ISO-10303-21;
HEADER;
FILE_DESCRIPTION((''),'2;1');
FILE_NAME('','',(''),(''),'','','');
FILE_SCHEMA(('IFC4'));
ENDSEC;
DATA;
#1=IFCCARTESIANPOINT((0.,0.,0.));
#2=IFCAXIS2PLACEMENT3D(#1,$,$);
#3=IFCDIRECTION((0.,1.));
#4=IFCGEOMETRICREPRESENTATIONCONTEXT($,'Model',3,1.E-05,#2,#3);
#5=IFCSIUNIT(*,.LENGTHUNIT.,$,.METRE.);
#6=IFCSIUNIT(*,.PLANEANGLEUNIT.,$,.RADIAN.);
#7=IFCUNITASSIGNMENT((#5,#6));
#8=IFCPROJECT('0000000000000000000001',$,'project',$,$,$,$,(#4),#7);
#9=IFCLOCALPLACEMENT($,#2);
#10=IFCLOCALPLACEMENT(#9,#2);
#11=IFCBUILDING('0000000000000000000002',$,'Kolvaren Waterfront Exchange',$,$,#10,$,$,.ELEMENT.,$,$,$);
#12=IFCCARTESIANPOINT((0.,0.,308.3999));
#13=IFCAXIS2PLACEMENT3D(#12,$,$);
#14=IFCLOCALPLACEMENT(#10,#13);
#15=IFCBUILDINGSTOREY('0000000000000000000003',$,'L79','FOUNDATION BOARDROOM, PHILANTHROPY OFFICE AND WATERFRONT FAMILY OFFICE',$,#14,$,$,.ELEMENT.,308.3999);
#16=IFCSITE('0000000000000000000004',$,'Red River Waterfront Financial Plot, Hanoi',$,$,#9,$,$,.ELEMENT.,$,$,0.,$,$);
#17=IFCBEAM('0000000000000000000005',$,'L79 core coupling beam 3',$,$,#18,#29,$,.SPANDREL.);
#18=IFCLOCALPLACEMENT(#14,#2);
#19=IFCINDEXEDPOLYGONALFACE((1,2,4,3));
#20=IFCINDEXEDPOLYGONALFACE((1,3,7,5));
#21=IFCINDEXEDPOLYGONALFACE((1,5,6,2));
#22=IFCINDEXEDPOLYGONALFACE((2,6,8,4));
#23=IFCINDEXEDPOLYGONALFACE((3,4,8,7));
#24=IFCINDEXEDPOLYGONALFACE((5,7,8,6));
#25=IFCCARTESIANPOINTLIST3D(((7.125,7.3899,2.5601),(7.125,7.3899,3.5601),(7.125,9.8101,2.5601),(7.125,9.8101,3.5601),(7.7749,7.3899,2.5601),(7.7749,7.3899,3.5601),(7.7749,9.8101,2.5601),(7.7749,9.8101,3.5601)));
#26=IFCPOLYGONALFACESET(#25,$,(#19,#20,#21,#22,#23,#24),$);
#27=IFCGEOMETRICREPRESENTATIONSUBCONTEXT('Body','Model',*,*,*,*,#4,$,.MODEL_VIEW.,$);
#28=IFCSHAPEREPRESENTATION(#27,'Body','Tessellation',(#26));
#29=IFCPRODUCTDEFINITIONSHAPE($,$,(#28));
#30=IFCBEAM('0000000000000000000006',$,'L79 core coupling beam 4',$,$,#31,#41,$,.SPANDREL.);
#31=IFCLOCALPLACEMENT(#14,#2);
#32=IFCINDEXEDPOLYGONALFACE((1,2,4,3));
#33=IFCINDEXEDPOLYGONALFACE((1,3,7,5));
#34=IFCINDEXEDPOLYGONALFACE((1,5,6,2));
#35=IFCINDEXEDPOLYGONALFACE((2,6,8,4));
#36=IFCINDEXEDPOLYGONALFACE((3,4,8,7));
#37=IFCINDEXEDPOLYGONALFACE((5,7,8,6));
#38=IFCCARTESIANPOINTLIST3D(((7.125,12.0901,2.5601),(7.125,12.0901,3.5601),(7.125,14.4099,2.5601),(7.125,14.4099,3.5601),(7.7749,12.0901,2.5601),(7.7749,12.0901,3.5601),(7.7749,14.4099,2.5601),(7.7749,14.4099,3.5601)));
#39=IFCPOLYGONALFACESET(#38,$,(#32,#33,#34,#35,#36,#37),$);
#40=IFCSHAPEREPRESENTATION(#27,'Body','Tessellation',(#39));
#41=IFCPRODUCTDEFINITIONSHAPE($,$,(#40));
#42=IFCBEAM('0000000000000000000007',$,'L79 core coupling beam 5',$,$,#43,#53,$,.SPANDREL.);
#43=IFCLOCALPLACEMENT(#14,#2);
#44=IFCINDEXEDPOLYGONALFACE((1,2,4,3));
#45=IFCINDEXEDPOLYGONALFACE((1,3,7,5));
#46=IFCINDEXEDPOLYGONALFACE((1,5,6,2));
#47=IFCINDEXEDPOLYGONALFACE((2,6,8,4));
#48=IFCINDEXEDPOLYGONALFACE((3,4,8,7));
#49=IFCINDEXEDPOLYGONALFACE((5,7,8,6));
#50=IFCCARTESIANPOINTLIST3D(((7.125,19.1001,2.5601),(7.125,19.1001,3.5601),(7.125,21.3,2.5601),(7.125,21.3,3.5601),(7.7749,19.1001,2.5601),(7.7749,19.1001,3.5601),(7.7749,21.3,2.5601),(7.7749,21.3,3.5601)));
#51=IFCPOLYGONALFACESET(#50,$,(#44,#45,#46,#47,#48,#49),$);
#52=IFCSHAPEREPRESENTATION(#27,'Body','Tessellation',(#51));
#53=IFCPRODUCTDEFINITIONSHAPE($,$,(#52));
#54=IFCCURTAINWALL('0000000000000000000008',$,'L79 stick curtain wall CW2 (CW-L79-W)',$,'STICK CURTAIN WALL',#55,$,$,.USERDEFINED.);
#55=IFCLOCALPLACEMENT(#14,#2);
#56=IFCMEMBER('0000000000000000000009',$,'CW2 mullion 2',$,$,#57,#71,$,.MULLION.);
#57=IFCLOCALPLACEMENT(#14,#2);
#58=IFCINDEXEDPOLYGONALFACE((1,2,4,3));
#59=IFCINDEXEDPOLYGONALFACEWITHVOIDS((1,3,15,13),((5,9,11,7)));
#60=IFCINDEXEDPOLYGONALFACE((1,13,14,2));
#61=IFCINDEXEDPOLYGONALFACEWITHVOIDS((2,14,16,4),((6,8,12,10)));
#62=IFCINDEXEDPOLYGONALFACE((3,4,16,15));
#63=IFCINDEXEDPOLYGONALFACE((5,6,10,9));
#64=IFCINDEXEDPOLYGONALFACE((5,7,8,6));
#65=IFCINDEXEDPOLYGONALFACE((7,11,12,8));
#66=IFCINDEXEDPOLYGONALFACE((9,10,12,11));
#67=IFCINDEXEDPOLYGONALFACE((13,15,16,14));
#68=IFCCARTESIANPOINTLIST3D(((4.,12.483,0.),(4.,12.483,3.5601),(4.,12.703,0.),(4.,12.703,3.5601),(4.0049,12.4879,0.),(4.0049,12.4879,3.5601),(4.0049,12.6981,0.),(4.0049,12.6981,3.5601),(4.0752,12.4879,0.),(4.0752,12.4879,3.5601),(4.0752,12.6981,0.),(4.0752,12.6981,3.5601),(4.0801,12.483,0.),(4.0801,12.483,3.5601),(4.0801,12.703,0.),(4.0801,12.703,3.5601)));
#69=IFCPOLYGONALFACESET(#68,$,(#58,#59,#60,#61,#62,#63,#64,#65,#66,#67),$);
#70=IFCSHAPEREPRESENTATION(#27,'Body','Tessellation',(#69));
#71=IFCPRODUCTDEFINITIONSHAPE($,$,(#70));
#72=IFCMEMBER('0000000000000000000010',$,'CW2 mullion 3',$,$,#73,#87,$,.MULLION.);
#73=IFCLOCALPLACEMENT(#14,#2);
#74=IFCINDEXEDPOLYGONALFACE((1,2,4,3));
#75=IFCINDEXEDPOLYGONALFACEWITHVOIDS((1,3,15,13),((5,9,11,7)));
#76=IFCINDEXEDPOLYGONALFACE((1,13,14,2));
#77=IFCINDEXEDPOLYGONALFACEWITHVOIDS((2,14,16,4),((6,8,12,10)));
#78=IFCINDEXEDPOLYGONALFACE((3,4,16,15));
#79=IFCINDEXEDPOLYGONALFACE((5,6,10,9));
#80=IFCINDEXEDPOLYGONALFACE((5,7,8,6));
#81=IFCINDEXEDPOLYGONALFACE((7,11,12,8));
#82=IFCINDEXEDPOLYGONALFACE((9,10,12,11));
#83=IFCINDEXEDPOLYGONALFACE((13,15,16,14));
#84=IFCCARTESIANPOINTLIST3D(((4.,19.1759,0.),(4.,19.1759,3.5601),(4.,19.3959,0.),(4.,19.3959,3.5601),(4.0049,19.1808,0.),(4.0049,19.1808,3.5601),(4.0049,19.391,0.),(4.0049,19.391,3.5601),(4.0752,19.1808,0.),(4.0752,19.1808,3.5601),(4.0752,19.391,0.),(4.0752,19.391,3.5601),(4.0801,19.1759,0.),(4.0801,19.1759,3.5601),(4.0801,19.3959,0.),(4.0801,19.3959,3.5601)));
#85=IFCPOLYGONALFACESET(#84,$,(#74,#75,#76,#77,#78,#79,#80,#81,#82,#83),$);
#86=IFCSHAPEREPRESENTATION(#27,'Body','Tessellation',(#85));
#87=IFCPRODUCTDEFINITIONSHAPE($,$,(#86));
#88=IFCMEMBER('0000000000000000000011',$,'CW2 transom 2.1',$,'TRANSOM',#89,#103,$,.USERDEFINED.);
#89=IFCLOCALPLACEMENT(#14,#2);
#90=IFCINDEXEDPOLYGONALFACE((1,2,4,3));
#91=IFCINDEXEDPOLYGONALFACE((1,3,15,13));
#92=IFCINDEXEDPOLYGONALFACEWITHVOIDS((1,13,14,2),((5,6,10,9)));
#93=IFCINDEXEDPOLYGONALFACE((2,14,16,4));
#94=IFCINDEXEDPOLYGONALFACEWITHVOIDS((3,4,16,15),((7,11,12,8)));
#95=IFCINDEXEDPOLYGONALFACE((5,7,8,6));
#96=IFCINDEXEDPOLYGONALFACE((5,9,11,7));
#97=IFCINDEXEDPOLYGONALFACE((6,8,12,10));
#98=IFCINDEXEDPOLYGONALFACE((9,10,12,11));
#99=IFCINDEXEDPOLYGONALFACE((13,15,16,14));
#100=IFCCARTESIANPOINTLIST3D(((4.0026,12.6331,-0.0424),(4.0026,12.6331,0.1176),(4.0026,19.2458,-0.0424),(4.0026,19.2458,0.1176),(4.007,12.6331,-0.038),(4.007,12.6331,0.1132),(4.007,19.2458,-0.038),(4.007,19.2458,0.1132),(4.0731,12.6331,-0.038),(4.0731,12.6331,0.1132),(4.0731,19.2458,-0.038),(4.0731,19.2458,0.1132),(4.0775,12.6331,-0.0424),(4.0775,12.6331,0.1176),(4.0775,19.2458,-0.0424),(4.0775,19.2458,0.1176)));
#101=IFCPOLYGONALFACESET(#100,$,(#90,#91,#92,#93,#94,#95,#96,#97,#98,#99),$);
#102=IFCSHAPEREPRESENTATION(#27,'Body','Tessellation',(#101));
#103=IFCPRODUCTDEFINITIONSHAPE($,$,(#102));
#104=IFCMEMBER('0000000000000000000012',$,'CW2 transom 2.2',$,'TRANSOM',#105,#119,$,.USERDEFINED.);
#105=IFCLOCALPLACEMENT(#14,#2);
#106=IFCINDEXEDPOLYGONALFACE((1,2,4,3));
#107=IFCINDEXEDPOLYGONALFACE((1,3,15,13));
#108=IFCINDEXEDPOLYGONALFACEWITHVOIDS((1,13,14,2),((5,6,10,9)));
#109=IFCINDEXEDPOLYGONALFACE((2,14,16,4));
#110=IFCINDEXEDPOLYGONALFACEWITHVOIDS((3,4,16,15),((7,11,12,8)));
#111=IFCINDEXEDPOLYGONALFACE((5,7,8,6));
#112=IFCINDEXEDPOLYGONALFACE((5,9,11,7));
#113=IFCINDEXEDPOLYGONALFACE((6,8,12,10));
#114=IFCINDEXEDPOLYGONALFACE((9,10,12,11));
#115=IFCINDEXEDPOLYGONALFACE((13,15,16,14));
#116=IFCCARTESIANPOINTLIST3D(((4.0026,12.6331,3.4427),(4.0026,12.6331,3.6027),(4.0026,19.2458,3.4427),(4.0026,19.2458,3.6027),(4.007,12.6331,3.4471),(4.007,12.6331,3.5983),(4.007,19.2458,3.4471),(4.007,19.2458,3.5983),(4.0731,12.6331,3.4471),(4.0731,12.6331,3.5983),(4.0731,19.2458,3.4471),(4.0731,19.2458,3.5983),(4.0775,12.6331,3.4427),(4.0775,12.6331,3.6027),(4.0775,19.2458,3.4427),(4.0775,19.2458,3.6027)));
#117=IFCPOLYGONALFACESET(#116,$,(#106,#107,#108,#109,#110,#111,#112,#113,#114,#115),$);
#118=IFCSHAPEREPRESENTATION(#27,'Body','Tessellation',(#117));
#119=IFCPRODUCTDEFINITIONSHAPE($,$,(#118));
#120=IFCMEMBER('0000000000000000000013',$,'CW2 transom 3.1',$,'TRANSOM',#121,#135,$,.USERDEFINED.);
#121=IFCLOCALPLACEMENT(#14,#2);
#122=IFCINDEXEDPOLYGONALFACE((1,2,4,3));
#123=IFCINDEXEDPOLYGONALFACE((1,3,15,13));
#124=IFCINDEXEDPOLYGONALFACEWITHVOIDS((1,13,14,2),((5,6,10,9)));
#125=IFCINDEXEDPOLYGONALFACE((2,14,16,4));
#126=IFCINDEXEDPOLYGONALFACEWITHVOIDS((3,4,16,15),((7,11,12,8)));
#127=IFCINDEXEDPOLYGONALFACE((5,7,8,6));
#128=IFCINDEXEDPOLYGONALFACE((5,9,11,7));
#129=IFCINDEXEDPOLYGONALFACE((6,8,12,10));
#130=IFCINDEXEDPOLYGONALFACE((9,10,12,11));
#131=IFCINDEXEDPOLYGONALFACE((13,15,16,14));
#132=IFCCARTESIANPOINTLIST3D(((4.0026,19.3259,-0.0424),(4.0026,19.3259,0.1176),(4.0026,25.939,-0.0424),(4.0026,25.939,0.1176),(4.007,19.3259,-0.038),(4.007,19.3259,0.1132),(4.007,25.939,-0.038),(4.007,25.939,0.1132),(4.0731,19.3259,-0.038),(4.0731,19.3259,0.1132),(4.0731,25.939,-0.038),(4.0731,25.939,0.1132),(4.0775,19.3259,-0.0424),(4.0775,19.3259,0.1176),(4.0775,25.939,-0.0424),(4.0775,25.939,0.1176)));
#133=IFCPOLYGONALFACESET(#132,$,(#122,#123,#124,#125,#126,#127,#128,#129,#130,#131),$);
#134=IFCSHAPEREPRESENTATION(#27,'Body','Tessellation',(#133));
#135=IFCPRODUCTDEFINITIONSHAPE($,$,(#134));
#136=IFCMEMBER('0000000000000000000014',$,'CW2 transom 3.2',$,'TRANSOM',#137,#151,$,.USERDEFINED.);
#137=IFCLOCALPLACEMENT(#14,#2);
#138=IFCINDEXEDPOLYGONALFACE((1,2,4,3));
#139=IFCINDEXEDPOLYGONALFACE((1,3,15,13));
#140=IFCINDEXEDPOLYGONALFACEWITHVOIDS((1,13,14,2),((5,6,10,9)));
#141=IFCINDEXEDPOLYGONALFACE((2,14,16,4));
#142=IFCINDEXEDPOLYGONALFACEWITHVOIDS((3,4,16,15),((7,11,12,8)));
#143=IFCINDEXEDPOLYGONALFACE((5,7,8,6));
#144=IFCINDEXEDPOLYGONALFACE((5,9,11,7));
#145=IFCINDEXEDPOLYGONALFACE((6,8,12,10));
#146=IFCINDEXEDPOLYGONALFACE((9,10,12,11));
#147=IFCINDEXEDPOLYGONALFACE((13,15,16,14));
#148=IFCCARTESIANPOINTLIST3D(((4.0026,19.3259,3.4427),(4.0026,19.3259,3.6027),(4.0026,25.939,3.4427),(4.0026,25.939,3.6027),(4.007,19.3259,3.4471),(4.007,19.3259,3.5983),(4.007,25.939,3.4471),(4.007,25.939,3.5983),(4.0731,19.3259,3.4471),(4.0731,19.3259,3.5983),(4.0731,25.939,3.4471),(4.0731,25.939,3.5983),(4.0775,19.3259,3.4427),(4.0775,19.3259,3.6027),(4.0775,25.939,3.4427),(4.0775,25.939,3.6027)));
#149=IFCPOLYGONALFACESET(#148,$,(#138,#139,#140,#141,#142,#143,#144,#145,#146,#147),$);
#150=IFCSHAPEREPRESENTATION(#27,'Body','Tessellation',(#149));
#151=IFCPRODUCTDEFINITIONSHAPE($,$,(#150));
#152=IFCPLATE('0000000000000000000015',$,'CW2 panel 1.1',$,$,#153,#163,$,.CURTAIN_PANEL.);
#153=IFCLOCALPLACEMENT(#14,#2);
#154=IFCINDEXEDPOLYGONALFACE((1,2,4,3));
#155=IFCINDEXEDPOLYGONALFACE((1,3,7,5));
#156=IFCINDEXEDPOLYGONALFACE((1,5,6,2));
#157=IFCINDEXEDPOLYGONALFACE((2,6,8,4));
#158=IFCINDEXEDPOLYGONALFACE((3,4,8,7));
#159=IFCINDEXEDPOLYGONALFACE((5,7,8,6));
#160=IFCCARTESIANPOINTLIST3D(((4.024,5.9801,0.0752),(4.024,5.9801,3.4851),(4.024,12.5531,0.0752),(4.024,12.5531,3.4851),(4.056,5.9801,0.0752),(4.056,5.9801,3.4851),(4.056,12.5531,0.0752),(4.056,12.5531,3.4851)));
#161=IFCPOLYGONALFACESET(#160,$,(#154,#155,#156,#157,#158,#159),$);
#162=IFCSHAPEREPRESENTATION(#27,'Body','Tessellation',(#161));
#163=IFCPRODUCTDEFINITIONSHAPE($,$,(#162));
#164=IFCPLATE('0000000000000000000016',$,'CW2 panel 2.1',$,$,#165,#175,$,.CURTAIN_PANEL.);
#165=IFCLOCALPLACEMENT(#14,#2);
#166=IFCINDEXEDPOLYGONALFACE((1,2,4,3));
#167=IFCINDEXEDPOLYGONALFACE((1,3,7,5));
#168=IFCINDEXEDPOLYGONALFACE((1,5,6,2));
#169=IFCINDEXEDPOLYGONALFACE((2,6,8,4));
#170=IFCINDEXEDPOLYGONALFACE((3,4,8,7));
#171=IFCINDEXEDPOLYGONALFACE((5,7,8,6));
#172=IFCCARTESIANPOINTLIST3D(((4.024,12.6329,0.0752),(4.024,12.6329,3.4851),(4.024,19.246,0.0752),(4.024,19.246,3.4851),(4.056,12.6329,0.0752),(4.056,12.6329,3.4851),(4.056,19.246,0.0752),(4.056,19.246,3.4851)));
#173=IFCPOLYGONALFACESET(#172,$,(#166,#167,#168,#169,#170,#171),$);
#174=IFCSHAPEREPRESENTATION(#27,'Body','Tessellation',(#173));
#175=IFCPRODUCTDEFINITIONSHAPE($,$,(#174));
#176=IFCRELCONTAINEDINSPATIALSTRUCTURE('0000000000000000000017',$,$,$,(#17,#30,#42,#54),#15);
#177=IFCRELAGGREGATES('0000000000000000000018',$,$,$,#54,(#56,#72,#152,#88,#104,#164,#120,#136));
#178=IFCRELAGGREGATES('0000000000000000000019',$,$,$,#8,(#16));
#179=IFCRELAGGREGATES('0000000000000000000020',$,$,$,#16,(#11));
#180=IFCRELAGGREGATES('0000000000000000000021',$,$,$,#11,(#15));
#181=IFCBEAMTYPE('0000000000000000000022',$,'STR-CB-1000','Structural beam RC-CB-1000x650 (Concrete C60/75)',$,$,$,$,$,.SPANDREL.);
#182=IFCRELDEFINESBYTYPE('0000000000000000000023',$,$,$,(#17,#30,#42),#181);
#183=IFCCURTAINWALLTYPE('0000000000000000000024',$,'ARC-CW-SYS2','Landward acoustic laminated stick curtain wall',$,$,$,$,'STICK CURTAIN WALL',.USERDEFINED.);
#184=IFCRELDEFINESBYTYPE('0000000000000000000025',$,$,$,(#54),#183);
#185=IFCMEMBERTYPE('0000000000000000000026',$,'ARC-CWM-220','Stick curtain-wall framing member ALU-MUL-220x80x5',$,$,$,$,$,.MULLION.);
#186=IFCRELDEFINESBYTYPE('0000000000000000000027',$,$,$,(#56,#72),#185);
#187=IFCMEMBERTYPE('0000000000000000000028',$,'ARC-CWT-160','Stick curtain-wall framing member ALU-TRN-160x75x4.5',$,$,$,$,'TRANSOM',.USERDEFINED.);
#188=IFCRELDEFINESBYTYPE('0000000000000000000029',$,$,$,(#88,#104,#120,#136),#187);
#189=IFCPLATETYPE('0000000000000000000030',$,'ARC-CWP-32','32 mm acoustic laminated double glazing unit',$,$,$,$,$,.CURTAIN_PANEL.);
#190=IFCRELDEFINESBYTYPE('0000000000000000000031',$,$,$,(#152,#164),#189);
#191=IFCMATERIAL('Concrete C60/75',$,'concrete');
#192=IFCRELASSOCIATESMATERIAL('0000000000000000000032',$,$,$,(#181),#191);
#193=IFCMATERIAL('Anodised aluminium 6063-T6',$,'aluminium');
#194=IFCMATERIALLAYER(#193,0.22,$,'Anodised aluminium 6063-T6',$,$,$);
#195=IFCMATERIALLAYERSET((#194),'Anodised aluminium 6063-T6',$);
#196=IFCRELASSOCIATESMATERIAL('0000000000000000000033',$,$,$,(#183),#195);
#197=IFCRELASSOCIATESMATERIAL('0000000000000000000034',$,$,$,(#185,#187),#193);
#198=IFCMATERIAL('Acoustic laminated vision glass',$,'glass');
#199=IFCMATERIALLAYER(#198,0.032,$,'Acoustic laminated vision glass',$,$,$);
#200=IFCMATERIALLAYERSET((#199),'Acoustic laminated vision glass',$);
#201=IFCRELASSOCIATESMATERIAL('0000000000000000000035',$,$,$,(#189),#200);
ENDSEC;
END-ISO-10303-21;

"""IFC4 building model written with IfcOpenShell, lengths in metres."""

from ifc_helpers import new_model, si_unit, direction, frame, origin, origin_with_axes, origin_2d, place, context, subcontext, project, spatial, rectangle, hollow_rectangle, extrude, source, transform, mapped, material, layer, layer_set, material_profile, profile_set, type_object, element, aggregate, save


model = new_model("IFC4")

# Units and contexts
model_context = context("Model", 3, precision=1e-05, world=origin(), true_north=direction((0.0, 1.0)))
body_context = subcontext(model_context, "Body", "Model", "MODEL_VIEW")
ifc_project = project(units=[si_unit("LENGTHUNIT", "METRE"), si_unit("PLANEANGLEUNIT", "RADIAN")], contexts=[model_context])

# Site, building, storey
site_placement = place(None, origin())
site = spatial("IfcSite", under=ifc_project, at=site_placement, Name="Red River Waterfront Financial Plot, Hanoi", CompositionType="ELEMENT", RefElevation=0.0)
building_placement = place(site_placement, origin())
building = spatial("IfcBuilding", under=site, at=building_placement, Name="Kolvaren Waterfront Exchange", CompositionType="ELEMENT")
storey_placement = place(building_placement, frame((0.0, 0.0, 308.3999)))
storey = spatial("IfcBuildingStorey", under=building, at=storey_placement, Name="L79", Description="FOUNDATION BOARDROOM, PHILANTHROPY OFFICE AND WATERFRONT FAMILY OFFICE", CompositionType="ELEMENT", Elevation=308.3999)

# Beams
ifc_material_1 = material(Name="Concrete C60/75", Category="concrete")
ifc_material_profile_1 = material_profile(ifc_material_1, rectangle(XDim=0.6499, YDim=1.0, at=origin_2d()), Name="RC-CB-1000x650")
ifc_profile_set_1 = profile_set([ifc_material_profile_1], Name="Concrete C60/75")
beam_type = type_object("IfcBeamType", Name="STR-CB-1000", Description="Structural beam RC-CB-1000x650 (Concrete C60/75)", PredefinedType="SPANDREL", material=ifc_profile_set_1)
beam_1_placement = place(storey_placement, frame((7.45, 7.3899, 3.0601), z_axis=(0.0, 1.0, 0.0), x_axis=(-1.0, 0.0, 0.0)))
element("IfcBeam", 1, at=beam_1_placement, inside=storey, type_object=beam_type, Name="L79 core coupling beam 3", PredefinedType="SPANDREL", context=body_context, shape_type="SweptSolid", body=[
    extrude(rectangle(XDim=0.6499, YDim=1.0, at=origin_2d()), origin(), (0.0, 0.0, 1.0), 2.4202),
])
beam_2_placement = place(storey_placement, frame((7.45, 12.0901, 3.0601), z_axis=(0.0, 1.0, 0.0), x_axis=(-1.0, 0.0, 0.0)))
element("IfcBeam", 2, at=beam_2_placement, inside=storey, type_object=beam_type, Name="L79 core coupling beam 4", PredefinedType="SPANDREL", context=body_context, shape_type="SweptSolid", body=[
    extrude(rectangle(XDim=0.6499, YDim=1.0, at=origin_2d()), origin(), (0.0, 0.0, 1.0), 2.3198),
])
beam_3_placement = place(storey_placement, frame((7.45, 19.1001, 3.0601), z_axis=(0.0, 1.0, 0.0), x_axis=(-1.0, 0.0, 0.0)))
element("IfcBeam", 3, at=beam_3_placement, inside=storey, type_object=beam_type, Name="L79 core coupling beam 5", PredefinedType="SPANDREL", context=body_context, shape_type="SweptSolid", body=[
    extrude(rectangle(XDim=0.6499, YDim=1.0, at=origin_2d()), origin(), (0.0, 0.0, 1.0), 2.2),
])

# Curtain wall, members, plates
ifc_material_2 = material(Name="Anodised aluminium 6063-T6", Category="aluminium")
ifc_layer_1 = layer(ifc_material_2, 0.22, Name="Anodised aluminium 6063-T6")
ifc_layer_set_1 = layer_set([ifc_layer_1], Name="Anodised aluminium 6063-T6")
curtain_wall_type = type_object("IfcCurtainWallType", Name="ARC-CW-SYS2", Description="Landward acoustic laminated stick curtain wall", ElementType="STICK CURTAIN WALL", PredefinedType="USERDEFINED", material=ifc_layer_set_1)
curtain_wall_placement = place(storey_placement, origin())
curtain_wall = element("IfcCurtainWall", 4, at=curtain_wall_placement, inside=storey, type_object=curtain_wall_type, Name="L79 stick curtain wall CW2 (CW-L79-W)", ObjectType="STICK CURTAIN WALL", PredefinedType="USERDEFINED")
ifc_material_profile_2 = material_profile(ifc_material_2, hollow_rectangle(XDim=0.0801, YDim=0.22, WallThickness=0.0049, at=origin_2d()), Name="ALU-MUL-220x80x5")
ifc_profile_set_2 = profile_set([ifc_material_profile_2], Name="Anodised aluminium 6063-T6")
member_type_1 = type_object("IfcMemberType", Name="ARC-CWM-220", Description="Stick curtain-wall framing member ALU-MUL-220x80x5", PredefinedType="MULLION", material=ifc_profile_set_2)
shared_shape_1 = source(origin_with_axes(), body_context, "Body", "SweptSolid", [
    extrude(hollow_rectangle(XDim=0.0801, YDim=0.22, WallThickness=0.0049, at=origin_2d()), origin(), (0.0, 0.0, 1.0), 3.5601),
])
member_1_placement = place(storey_placement, frame((4.04, 12.593, 0.0), z_axis=(0.0, 0.0, 1.0), x_axis=(-1.0, 0.0, 0.0)))
member_1 = element("IfcMember", 5, at=member_1_placement, type_object=member_type_1, Name="CW2 mullion 2", PredefinedType="MULLION", context=body_context, shape_type="MappedRepresentation", body=[
    mapped(shared_shape_1, transform((0.0, 0.0, 0.0), x_axis=(1.0, 0.0, 0.0), y_axis=(0.0, 1.0, 0.0), z_axis=(0.0, 0.0, 1.0), scale=1.0)),
])
member_2_placement = place(storey_placement, frame((4.04, 19.2859, 0.0), z_axis=(0.0, 0.0, 1.0), x_axis=(-1.0, 0.0, 0.0)))
member_2 = element("IfcMember", 6, at=member_2_placement, type_object=member_type_1, Name="CW2 mullion 3", PredefinedType="MULLION", context=body_context, shape_type="MappedRepresentation", body=[
    mapped(shared_shape_1, transform((0.0, 0.0, 0.0), x_axis=(1.0, 0.0, 0.0), y_axis=(0.0, 1.0, 0.0), z_axis=(0.0, 0.0, 1.0), scale=1.0)),
])
ifc_material_profile_3 = material_profile(ifc_material_2, hollow_rectangle(XDim=0.075, YDim=0.1599, WallThickness=0.0044, at=origin_2d()), Name="ALU-TRN-160x75x4.5")
ifc_profile_set_3 = profile_set([ifc_material_profile_3], Name="Anodised aluminium 6063-T6")
member_type_2 = type_object("IfcMemberType", Name="ARC-CWT-160", Description="Stick curtain-wall framing member ALU-TRN-160x75x4.5", ElementType="TRANSOM", PredefinedType="USERDEFINED", material=ifc_profile_set_3)
shared_shape_2 = source(origin_with_axes(), body_context, "Body", "SweptSolid", [
    extrude(hollow_rectangle(XDim=0.075, YDim=0.1599, WallThickness=0.0044, at=origin_2d()), origin(), (0.0, 0.0, 1.0), 6.6128),
])
member_3_placement = place(storey_placement, frame((4.04, 12.6331, 0.0376), z_axis=(0.0, 1.0, 0.0), x_axis=(-1.0, 0.0, 0.0)))
member_3 = element("IfcMember", 7, at=member_3_placement, type_object=member_type_2, Name="CW2 transom 2.1", ObjectType="TRANSOM", PredefinedType="USERDEFINED", context=body_context, shape_type="MappedRepresentation", body=[
    mapped(shared_shape_2, transform((0.0, 0.0, 0.0), x_axis=(1.0, 0.0, 0.0), y_axis=(0.0, 1.0, 0.0), z_axis=(0.0, 0.0, 1.0), scale=1.0)),
])
member_4_placement = place(storey_placement, frame((4.04, 12.6331, 3.5227), z_axis=(0.0, 1.0, 0.0), x_axis=(-1.0, 0.0, 0.0)))
member_4 = element("IfcMember", 8, at=member_4_placement, type_object=member_type_2, Name="CW2 transom 2.2", ObjectType="TRANSOM", PredefinedType="USERDEFINED", context=body_context, shape_type="MappedRepresentation", body=[
    mapped(shared_shape_2, transform((0.0, 0.0, 0.0), x_axis=(1.0, 0.0, 0.0), y_axis=(0.0, 1.0, 0.0), z_axis=(0.0, 0.0, 1.0), scale=1.0)),
])
shared_shape_3 = source(origin_with_axes(), body_context, "Body", "SweptSolid", [
    extrude(hollow_rectangle(XDim=0.075, YDim=0.1599, WallThickness=0.0044, at=origin_2d()), origin(), (0.0, 0.0, 1.0), 6.613),
])
member_5_placement = place(storey_placement, frame((4.04, 19.3259, 0.0376), z_axis=(0.0, 1.0, 0.0), x_axis=(-1.0, 0.0, 0.0)))
member_5 = element("IfcMember", 9, at=member_5_placement, type_object=member_type_2, Name="CW2 transom 3.1", ObjectType="TRANSOM", PredefinedType="USERDEFINED", context=body_context, shape_type="MappedRepresentation", body=[
    mapped(shared_shape_3, transform((0.0, 0.0, 0.0), x_axis=(1.0, 0.0, 0.0), y_axis=(0.0, 1.0, 0.0), z_axis=(0.0, 0.0, 1.0), scale=1.0)),
])
member_6_placement = place(storey_placement, frame((4.04, 19.3259, 3.5227), z_axis=(0.0, 1.0, 0.0), x_axis=(-1.0, 0.0, 0.0)))
member_6 = element("IfcMember", 10, at=member_6_placement, type_object=member_type_2, Name="CW2 transom 3.2", ObjectType="TRANSOM", PredefinedType="USERDEFINED", context=body_context, shape_type="MappedRepresentation", body=[
    mapped(shared_shape_3, transform((0.0, 0.0, 0.0), x_axis=(1.0, 0.0, 0.0), y_axis=(0.0, 1.0, 0.0), z_axis=(0.0, 0.0, 1.0), scale=1.0)),
])
ifc_material_3 = material(Name="Acoustic laminated vision glass", Category="glass")
ifc_layer_2 = layer(ifc_material_3, 0.032, Name="Acoustic laminated vision glass")
ifc_layer_set_2 = layer_set([ifc_layer_2], Name="Acoustic laminated vision glass")
plate_type = type_object("IfcPlateType", Name="ARC-CWP-32", Description="32 mm acoustic laminated double glazing unit", PredefinedType="CURTAIN_PANEL", material=ifc_layer_set_2)
shared_shape_4 = source(origin_with_axes(), body_context, "Body", "SweptSolid", [
    extrude(rectangle(XDim=6.573, YDim=0.032, at=origin_2d()), origin(), (0.0, 0.0, 1.0), 3.4099),
])
plate_1_placement = place(storey_placement, frame((4.04, 9.2666, 0.0752), z_axis=(0.0, 0.0, 1.0), x_axis=(0.0, 1.0, 0.0)))
plate_1 = element("IfcPlate", 11, at=plate_1_placement, type_object=plate_type, Name="CW2 panel 1.1", PredefinedType="CURTAIN_PANEL", context=body_context, shape_type="MappedRepresentation", body=[
    mapped(shared_shape_4, transform((0.0, 0.0, 0.0), x_axis=(1.0, 0.0, 0.0), y_axis=(0.0, 1.0, 0.0), z_axis=(0.0, 0.0, 1.0), scale=1.0)),
])
shared_shape_5 = source(origin_with_axes(), body_context, "Body", "SweptSolid", [
    extrude(rectangle(XDim=6.613, YDim=0.032, at=origin_2d()), origin(), (0.0, 0.0, 1.0), 3.4099),
])
plate_2_placement = place(storey_placement, frame((4.04, 15.9395, 0.0752), z_axis=(0.0, 0.0, 1.0), x_axis=(0.0, 1.0, 0.0)))
plate_2 = element("IfcPlate", 12, at=plate_2_placement, type_object=plate_type, Name="CW2 panel 2.1", PredefinedType="CURTAIN_PANEL", context=body_context, shape_type="MappedRepresentation", body=[
    mapped(shared_shape_5, transform((0.0, 0.0, 0.0), x_axis=(1.0, 0.0, 0.0), y_axis=(0.0, 1.0, 0.0), z_axis=(0.0, 0.0, 1.0), scale=1.0)),
])
aggregate(curtain_wall, [member_1, member_2, plate_1, member_3, member_4, plate_2, member_5, member_6])

save(model, "model.ifc")
